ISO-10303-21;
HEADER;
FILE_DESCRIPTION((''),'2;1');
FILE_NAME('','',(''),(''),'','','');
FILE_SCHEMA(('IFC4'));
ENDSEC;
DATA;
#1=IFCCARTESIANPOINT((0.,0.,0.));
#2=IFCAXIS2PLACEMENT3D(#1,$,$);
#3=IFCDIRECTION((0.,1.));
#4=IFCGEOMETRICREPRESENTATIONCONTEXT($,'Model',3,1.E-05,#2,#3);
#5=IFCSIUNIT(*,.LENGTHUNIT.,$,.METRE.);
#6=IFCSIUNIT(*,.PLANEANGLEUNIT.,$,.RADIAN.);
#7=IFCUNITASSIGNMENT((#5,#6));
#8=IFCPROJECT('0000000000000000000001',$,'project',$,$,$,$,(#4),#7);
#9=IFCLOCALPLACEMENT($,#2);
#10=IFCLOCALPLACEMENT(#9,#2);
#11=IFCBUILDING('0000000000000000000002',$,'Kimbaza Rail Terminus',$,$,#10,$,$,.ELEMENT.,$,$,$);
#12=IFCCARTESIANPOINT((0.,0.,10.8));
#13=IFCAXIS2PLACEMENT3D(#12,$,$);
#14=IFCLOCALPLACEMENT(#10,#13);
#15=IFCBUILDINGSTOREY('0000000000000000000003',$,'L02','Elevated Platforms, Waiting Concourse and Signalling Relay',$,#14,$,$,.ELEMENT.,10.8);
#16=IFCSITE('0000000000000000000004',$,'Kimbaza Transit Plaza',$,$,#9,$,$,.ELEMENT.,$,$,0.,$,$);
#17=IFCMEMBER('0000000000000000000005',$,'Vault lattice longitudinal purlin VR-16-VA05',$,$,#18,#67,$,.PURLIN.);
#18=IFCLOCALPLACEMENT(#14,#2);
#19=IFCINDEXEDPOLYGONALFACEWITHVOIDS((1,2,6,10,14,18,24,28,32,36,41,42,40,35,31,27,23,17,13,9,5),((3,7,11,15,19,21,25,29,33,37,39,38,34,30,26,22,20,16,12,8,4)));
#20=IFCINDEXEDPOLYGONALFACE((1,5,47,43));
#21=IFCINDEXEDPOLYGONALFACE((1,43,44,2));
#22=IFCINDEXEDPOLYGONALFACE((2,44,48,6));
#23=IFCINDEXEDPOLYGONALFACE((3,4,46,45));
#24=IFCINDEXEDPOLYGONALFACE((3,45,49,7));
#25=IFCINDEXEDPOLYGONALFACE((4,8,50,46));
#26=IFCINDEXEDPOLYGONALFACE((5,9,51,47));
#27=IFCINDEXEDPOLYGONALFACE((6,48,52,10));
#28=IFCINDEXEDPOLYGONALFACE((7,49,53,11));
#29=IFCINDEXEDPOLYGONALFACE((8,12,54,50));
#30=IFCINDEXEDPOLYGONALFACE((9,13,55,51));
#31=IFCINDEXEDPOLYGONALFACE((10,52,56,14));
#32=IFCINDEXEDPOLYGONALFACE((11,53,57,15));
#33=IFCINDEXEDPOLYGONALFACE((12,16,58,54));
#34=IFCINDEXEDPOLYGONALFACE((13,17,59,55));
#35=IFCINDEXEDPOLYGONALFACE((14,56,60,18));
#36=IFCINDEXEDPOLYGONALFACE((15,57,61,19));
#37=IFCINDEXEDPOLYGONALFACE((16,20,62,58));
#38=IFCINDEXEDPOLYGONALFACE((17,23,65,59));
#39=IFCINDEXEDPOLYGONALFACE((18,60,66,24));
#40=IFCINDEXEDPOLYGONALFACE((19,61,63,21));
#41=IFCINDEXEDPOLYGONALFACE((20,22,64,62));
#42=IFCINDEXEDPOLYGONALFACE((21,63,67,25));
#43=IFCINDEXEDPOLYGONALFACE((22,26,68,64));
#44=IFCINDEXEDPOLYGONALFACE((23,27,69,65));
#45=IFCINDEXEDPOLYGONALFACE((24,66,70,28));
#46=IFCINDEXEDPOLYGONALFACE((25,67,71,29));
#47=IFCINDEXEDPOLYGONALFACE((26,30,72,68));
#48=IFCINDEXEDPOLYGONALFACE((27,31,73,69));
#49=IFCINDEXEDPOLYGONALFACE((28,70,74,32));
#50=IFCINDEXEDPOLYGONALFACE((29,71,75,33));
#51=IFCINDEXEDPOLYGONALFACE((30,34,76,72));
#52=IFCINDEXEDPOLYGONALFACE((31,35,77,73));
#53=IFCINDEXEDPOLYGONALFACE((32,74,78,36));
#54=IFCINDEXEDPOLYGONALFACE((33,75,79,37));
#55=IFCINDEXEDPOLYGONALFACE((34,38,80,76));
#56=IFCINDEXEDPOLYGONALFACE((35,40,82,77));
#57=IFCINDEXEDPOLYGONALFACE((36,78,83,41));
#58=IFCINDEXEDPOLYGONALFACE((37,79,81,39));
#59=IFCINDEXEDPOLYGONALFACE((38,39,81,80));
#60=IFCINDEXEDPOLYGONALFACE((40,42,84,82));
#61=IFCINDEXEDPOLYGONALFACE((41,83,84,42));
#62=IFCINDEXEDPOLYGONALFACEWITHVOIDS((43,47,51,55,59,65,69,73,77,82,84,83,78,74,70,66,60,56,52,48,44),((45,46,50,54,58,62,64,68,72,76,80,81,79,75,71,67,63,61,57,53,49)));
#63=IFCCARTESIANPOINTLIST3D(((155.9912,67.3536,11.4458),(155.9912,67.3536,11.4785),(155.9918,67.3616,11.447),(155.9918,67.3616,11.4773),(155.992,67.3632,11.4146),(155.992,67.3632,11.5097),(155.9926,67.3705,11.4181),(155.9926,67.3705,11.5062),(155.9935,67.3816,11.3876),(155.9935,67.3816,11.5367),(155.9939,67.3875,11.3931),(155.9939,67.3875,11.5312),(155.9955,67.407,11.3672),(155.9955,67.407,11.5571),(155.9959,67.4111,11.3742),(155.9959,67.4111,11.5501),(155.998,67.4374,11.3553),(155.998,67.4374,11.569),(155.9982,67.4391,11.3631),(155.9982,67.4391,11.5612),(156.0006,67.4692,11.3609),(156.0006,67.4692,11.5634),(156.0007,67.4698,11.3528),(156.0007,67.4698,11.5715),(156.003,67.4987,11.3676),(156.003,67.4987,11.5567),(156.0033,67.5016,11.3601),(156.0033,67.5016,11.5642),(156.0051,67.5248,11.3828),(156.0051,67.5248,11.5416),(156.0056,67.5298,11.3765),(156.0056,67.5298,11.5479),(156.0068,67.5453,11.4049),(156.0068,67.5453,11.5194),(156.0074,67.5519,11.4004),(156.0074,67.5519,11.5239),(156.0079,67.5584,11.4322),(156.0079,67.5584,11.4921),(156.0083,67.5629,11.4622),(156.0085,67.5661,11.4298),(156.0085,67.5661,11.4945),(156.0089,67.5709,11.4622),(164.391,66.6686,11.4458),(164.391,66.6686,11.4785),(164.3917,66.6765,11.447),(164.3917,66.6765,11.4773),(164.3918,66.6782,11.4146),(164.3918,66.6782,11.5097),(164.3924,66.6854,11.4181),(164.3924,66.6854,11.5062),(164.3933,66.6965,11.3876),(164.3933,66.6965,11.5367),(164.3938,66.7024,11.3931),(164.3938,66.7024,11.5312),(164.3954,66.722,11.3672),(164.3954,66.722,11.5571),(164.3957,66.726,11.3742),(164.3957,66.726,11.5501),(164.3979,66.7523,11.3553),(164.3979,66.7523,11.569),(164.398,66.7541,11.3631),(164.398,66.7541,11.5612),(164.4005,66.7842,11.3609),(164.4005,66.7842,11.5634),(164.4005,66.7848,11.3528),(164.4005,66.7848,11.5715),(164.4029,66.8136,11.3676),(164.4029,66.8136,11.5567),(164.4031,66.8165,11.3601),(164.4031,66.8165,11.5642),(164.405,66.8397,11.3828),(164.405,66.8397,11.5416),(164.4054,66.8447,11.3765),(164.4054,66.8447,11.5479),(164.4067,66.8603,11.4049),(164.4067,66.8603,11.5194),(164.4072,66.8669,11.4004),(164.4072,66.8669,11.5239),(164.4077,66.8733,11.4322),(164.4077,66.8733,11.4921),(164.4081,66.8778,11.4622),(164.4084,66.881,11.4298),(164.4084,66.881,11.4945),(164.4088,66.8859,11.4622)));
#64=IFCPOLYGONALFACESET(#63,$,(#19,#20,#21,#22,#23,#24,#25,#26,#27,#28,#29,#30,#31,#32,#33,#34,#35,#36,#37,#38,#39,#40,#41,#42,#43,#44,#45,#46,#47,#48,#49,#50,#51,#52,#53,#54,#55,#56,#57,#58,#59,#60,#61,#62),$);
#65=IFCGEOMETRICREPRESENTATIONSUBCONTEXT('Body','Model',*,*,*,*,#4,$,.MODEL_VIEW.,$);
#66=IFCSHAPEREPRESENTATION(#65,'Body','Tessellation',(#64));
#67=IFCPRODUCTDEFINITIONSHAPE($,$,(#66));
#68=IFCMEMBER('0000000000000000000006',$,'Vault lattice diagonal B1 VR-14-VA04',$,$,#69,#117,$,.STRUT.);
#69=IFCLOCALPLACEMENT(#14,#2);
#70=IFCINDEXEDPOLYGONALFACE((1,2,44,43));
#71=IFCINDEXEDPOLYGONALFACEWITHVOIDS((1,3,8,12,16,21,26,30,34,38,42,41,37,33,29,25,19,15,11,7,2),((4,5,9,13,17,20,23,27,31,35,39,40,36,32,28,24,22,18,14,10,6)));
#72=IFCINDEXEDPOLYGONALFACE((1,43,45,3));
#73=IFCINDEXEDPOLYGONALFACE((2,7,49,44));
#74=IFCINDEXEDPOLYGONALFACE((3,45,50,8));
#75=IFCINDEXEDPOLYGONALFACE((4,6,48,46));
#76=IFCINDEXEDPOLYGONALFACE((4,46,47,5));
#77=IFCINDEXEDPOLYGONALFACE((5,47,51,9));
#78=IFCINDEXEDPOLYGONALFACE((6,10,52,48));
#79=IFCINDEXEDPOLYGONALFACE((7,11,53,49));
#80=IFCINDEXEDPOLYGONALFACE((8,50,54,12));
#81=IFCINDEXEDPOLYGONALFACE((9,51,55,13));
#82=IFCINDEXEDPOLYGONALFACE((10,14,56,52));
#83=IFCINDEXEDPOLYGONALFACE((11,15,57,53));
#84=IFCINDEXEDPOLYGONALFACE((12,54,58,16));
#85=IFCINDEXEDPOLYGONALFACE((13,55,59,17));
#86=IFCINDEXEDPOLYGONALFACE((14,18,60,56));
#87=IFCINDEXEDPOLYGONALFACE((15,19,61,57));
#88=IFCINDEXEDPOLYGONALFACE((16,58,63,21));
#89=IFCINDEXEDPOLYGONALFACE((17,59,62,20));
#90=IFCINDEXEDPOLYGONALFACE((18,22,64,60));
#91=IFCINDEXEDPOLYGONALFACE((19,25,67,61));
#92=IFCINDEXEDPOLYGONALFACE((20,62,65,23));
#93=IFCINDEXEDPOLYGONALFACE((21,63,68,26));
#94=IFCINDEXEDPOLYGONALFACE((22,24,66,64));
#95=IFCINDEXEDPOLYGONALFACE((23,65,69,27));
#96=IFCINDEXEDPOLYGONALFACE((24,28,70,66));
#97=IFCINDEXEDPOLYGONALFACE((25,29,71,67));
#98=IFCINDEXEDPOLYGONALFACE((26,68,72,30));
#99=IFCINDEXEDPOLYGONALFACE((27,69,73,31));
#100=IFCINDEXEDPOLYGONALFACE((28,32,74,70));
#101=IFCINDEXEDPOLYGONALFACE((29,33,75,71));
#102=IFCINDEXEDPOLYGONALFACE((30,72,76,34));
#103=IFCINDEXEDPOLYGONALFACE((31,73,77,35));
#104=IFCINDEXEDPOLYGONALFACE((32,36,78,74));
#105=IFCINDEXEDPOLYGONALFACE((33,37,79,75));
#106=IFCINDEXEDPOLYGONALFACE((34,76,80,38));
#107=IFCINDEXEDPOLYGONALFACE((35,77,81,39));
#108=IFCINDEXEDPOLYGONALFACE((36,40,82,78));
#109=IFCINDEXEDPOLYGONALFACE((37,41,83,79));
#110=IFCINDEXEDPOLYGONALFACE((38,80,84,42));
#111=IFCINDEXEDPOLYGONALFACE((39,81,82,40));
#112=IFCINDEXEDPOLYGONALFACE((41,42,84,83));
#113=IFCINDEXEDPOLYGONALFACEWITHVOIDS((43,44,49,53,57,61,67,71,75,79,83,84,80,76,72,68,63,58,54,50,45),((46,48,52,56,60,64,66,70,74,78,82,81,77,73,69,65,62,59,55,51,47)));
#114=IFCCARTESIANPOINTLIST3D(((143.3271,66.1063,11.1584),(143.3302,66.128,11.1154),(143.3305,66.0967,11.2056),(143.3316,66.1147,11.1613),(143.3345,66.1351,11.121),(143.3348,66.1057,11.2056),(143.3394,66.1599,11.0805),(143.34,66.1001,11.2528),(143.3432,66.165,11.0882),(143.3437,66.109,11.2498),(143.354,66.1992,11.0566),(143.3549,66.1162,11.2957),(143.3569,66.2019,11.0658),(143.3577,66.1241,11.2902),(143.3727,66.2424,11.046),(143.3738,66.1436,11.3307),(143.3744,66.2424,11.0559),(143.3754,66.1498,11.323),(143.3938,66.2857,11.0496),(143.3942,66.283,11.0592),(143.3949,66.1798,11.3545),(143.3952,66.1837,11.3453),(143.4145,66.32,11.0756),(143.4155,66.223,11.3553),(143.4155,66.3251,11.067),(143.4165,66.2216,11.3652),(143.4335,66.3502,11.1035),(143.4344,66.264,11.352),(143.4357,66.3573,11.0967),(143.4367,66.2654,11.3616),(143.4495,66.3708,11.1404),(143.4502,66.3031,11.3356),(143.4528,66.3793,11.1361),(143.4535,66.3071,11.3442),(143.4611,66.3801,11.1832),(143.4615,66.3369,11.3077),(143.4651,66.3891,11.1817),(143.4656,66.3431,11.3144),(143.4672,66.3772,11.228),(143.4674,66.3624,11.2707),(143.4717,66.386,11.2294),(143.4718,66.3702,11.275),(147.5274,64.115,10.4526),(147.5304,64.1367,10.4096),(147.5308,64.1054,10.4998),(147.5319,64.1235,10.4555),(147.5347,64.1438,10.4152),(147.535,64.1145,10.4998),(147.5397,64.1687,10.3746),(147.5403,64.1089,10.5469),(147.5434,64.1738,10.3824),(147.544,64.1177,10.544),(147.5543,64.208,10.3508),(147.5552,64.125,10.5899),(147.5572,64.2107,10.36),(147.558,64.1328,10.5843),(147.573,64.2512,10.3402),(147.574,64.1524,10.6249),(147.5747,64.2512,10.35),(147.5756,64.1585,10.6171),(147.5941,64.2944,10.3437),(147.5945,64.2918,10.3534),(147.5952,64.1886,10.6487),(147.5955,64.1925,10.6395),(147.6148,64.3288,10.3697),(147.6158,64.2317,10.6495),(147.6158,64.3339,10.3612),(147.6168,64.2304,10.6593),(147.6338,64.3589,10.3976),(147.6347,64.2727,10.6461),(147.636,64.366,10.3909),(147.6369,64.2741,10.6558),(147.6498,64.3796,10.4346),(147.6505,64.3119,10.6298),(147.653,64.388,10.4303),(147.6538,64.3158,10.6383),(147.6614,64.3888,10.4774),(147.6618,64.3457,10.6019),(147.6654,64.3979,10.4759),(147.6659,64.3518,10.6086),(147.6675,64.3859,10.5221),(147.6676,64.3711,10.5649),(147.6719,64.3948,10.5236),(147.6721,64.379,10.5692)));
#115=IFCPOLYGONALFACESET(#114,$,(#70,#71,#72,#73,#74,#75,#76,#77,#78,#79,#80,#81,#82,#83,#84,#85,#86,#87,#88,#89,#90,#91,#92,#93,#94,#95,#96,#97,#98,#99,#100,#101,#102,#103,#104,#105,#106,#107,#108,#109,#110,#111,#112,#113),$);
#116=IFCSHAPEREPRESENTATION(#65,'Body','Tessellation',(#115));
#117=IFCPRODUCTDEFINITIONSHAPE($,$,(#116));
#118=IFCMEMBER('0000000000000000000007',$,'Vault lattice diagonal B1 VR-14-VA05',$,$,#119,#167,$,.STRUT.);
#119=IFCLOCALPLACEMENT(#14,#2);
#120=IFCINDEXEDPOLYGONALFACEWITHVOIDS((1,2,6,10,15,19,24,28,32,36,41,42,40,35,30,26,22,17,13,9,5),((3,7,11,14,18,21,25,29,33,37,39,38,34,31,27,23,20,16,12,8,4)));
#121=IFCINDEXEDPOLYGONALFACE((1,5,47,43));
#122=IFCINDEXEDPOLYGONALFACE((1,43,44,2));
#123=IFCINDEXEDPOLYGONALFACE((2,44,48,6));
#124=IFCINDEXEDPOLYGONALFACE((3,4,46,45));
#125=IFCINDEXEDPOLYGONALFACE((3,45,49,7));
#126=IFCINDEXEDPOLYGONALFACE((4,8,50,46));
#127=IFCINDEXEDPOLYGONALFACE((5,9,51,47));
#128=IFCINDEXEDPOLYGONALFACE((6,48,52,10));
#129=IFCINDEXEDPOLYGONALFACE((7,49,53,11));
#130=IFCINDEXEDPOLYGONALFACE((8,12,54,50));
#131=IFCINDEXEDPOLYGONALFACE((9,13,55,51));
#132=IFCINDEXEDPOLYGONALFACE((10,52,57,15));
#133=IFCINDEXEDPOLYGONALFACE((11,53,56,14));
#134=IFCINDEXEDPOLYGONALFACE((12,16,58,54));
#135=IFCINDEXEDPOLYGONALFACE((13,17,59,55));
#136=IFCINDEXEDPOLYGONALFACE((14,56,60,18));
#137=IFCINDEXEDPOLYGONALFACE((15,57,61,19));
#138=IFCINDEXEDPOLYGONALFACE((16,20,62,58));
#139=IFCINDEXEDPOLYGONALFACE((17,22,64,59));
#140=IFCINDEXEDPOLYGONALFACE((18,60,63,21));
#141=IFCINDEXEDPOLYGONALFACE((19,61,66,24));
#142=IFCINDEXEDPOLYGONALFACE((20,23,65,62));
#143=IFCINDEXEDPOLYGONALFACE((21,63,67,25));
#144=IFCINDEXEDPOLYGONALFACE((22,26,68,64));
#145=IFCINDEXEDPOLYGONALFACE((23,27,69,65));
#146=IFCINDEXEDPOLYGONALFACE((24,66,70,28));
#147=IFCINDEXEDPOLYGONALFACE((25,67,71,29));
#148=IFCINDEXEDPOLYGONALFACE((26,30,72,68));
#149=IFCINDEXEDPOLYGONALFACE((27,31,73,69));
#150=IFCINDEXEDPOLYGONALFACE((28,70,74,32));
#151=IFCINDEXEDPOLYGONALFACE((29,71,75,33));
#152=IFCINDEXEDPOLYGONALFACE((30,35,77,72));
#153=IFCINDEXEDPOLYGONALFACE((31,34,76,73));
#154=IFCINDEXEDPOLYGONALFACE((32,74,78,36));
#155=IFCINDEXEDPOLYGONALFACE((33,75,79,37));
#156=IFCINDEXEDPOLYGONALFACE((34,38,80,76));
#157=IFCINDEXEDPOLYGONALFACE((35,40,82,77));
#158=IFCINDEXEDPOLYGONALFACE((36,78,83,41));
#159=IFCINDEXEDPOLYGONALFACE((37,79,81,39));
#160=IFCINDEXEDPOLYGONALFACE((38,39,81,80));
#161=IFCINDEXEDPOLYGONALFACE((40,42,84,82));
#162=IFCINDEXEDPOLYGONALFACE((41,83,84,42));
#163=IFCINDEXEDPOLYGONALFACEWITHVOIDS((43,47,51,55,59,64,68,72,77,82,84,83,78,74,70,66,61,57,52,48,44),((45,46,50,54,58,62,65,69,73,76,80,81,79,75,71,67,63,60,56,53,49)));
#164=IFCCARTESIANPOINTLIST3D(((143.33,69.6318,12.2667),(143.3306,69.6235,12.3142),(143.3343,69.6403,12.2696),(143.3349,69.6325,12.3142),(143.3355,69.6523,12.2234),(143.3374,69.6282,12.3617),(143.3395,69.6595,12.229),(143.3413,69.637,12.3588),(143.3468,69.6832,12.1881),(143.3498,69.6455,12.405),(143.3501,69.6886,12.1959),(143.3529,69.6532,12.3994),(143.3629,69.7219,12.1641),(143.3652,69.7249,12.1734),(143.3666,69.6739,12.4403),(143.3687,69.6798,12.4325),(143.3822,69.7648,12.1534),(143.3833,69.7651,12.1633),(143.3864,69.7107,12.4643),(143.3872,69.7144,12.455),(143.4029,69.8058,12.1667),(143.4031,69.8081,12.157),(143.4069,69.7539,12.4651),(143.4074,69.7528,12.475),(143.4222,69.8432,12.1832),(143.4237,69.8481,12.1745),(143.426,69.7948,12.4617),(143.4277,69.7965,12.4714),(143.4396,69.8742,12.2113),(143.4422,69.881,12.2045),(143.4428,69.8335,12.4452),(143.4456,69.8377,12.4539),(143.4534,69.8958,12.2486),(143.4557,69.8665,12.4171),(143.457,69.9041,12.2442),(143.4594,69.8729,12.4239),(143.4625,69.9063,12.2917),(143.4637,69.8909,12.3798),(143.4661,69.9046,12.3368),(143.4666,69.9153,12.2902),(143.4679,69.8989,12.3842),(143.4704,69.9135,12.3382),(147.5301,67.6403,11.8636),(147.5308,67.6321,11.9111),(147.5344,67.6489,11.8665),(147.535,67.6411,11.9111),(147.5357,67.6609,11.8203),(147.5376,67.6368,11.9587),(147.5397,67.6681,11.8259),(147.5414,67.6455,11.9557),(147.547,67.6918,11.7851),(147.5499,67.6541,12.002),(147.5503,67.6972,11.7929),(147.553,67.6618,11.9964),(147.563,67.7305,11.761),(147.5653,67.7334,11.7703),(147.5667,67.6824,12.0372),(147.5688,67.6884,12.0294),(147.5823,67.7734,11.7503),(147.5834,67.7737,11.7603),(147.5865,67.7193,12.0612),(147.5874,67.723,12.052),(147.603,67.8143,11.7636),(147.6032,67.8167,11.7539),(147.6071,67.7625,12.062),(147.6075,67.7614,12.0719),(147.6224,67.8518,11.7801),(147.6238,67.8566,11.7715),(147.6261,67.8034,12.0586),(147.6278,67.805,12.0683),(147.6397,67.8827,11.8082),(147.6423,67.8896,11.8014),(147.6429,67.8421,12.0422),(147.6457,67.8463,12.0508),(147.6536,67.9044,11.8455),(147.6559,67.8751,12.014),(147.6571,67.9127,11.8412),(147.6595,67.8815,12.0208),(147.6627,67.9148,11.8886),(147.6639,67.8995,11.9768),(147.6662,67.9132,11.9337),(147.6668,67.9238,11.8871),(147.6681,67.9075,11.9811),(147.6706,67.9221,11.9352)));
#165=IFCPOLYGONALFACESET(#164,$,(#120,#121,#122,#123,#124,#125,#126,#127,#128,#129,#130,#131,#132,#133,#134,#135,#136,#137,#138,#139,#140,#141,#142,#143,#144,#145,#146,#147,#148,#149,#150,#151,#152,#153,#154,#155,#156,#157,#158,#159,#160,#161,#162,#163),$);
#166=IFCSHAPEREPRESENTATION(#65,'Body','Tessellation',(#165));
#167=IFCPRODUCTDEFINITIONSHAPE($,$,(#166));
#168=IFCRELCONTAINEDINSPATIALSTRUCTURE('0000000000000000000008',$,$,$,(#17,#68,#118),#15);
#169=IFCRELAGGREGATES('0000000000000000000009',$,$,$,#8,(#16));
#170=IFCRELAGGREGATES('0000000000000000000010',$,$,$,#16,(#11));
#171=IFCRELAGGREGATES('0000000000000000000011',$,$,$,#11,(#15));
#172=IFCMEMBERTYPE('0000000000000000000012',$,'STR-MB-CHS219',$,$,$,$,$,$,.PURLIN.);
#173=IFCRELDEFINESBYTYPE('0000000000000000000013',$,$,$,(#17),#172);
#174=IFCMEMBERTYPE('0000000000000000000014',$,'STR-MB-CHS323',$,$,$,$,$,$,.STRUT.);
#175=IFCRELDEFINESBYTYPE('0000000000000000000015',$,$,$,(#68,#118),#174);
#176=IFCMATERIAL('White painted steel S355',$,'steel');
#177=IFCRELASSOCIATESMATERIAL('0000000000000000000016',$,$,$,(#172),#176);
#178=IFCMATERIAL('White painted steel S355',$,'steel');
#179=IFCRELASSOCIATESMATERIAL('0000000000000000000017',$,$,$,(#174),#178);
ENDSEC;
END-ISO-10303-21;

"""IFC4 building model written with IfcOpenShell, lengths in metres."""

from ifc_helpers import new_model, si_unit, direction, frame, origin, origin_2d, place, context, subcontext, project, spatial, hollow_circle, extrude, material, material_profile, profile_set, type_object, element, save


model = new_model("IFC4")

# Units and contexts
model_context = context("Model", 3, precision=1e-05, world=origin(), true_north=direction((0.0, 1.0)))
body_context = subcontext(model_context, "Body", "Model", "MODEL_VIEW")
ifc_project = project(units=[si_unit("LENGTHUNIT", "METRE"), si_unit("PLANEANGLEUNIT", "RADIAN")], contexts=[model_context])

# Site, building, storey
site_placement = place(None, origin())
site = spatial("IfcSite", under=ifc_project, at=site_placement, Name="Kimbaza Transit Plaza", CompositionType="ELEMENT", RefElevation=0.0)
building_placement = place(site_placement, origin())
building = spatial("IfcBuilding", under=site, at=building_placement, Name="Kimbaza Rail Terminus", CompositionType="ELEMENT")
storey_placement = place(building_placement, frame((0.0, 0.0, 10.8)))
storey = spatial("IfcBuildingStorey", under=building, at=storey_placement, Name="L02", Description="Elevated Platforms, Waiting Concourse and Signalling Relay", CompositionType="ELEMENT", Elevation=10.8)

# Members
ifc_material_1 = material(Name="White painted steel S355", Category="steel")
ifc_material_profile_1 = material_profile(ifc_material_1, hollow_circle(Radius=0.1096, WallThickness=0.0081, at=origin_2d()), Name="CHS 219.1x8")
ifc_profile_set_1 = profile_set([ifc_material_profile_1], Name="White painted steel S355")
member_type_1 = type_object("IfcMemberType", Name="STR-MB-CHS219", PredefinedType="PURLIN", material=ifc_profile_set_1)
for number, where, z_axis, x_axis, name in (
    (1, (156.0, 67.4617, 11.4622), (0.996691, -0.081286, 0.0), (0.081286, 0.996691, 0.0), "Vault lattice longitudinal purlin VR-16-VA05"),
):
    element("IfcMember", number, at=place(storey_placement, frame(where, z_axis=z_axis, x_axis=x_axis)), inside=storey, type_object=member_type_1, Name=name, PredefinedType="PURLIN", context=body_context, shape_type="SweptSolid", body=[
        extrude(hollow_circle(Radius=0.1096, WallThickness=0.0081, at=origin_2d()), origin(), (0.0, 0.0, 1.0), 8.4277),
    ])
ifc_material_2 = material(Name="White painted steel S355", Category="steel")
ifc_material_profile_2 = material_profile(ifc_material_2, hollow_circle(Radius=0.1619, WallThickness=0.01, at=origin_2d()), Name="CHS 323.9x10")
ifc_profile_set_2 = profile_set([ifc_material_profile_2], Name="White painted steel S355")
member_type_2 = type_object("IfcMemberType", Name="STR-MB-CHS323", PredefinedType="STRUT", material=ifc_profile_set_2)
member_1_placement = place(storey_placement, frame((147.6001, 64.2517, 10.4998), z_axis=(-0.893361, 0.423521, 0.150122), x_axis=(-0.428375, -0.903601, 0.0)))
element("IfcMember", 2, at=member_1_placement, inside=storey, type_object=member_type_2, Name="Vault lattice diagonal B1 VR-14-VA04", PredefinedType="STRUT", context=body_context, shape_type="SweptSolid", body=[
    extrude(hollow_circle(Radius=0.1619, WallThickness=0.01, at=origin_2d()), origin(), (0.0, 0.0, 1.0), 4.7017),
])
member_2_placement = place(storey_placement, frame((147.6001, 67.7783, 11.9111), z_axis=(-0.900203, 0.426817, 0.086389), x_axis=(-0.428418, -0.903581, 0.0)))
element("IfcMember", 3, at=member_2_placement, inside=storey, type_object=member_type_2, Name="Vault lattice diagonal B1 VR-14-VA05", PredefinedType="STRUT", context=body_context, shape_type="SweptSolid", body=[
    extrude(hollow_circle(Radius=0.1619, WallThickness=0.01, at=origin_2d()), origin(), (0.0, 0.0, 1.0), 4.6658),
])

save(model, "model.ifc")
